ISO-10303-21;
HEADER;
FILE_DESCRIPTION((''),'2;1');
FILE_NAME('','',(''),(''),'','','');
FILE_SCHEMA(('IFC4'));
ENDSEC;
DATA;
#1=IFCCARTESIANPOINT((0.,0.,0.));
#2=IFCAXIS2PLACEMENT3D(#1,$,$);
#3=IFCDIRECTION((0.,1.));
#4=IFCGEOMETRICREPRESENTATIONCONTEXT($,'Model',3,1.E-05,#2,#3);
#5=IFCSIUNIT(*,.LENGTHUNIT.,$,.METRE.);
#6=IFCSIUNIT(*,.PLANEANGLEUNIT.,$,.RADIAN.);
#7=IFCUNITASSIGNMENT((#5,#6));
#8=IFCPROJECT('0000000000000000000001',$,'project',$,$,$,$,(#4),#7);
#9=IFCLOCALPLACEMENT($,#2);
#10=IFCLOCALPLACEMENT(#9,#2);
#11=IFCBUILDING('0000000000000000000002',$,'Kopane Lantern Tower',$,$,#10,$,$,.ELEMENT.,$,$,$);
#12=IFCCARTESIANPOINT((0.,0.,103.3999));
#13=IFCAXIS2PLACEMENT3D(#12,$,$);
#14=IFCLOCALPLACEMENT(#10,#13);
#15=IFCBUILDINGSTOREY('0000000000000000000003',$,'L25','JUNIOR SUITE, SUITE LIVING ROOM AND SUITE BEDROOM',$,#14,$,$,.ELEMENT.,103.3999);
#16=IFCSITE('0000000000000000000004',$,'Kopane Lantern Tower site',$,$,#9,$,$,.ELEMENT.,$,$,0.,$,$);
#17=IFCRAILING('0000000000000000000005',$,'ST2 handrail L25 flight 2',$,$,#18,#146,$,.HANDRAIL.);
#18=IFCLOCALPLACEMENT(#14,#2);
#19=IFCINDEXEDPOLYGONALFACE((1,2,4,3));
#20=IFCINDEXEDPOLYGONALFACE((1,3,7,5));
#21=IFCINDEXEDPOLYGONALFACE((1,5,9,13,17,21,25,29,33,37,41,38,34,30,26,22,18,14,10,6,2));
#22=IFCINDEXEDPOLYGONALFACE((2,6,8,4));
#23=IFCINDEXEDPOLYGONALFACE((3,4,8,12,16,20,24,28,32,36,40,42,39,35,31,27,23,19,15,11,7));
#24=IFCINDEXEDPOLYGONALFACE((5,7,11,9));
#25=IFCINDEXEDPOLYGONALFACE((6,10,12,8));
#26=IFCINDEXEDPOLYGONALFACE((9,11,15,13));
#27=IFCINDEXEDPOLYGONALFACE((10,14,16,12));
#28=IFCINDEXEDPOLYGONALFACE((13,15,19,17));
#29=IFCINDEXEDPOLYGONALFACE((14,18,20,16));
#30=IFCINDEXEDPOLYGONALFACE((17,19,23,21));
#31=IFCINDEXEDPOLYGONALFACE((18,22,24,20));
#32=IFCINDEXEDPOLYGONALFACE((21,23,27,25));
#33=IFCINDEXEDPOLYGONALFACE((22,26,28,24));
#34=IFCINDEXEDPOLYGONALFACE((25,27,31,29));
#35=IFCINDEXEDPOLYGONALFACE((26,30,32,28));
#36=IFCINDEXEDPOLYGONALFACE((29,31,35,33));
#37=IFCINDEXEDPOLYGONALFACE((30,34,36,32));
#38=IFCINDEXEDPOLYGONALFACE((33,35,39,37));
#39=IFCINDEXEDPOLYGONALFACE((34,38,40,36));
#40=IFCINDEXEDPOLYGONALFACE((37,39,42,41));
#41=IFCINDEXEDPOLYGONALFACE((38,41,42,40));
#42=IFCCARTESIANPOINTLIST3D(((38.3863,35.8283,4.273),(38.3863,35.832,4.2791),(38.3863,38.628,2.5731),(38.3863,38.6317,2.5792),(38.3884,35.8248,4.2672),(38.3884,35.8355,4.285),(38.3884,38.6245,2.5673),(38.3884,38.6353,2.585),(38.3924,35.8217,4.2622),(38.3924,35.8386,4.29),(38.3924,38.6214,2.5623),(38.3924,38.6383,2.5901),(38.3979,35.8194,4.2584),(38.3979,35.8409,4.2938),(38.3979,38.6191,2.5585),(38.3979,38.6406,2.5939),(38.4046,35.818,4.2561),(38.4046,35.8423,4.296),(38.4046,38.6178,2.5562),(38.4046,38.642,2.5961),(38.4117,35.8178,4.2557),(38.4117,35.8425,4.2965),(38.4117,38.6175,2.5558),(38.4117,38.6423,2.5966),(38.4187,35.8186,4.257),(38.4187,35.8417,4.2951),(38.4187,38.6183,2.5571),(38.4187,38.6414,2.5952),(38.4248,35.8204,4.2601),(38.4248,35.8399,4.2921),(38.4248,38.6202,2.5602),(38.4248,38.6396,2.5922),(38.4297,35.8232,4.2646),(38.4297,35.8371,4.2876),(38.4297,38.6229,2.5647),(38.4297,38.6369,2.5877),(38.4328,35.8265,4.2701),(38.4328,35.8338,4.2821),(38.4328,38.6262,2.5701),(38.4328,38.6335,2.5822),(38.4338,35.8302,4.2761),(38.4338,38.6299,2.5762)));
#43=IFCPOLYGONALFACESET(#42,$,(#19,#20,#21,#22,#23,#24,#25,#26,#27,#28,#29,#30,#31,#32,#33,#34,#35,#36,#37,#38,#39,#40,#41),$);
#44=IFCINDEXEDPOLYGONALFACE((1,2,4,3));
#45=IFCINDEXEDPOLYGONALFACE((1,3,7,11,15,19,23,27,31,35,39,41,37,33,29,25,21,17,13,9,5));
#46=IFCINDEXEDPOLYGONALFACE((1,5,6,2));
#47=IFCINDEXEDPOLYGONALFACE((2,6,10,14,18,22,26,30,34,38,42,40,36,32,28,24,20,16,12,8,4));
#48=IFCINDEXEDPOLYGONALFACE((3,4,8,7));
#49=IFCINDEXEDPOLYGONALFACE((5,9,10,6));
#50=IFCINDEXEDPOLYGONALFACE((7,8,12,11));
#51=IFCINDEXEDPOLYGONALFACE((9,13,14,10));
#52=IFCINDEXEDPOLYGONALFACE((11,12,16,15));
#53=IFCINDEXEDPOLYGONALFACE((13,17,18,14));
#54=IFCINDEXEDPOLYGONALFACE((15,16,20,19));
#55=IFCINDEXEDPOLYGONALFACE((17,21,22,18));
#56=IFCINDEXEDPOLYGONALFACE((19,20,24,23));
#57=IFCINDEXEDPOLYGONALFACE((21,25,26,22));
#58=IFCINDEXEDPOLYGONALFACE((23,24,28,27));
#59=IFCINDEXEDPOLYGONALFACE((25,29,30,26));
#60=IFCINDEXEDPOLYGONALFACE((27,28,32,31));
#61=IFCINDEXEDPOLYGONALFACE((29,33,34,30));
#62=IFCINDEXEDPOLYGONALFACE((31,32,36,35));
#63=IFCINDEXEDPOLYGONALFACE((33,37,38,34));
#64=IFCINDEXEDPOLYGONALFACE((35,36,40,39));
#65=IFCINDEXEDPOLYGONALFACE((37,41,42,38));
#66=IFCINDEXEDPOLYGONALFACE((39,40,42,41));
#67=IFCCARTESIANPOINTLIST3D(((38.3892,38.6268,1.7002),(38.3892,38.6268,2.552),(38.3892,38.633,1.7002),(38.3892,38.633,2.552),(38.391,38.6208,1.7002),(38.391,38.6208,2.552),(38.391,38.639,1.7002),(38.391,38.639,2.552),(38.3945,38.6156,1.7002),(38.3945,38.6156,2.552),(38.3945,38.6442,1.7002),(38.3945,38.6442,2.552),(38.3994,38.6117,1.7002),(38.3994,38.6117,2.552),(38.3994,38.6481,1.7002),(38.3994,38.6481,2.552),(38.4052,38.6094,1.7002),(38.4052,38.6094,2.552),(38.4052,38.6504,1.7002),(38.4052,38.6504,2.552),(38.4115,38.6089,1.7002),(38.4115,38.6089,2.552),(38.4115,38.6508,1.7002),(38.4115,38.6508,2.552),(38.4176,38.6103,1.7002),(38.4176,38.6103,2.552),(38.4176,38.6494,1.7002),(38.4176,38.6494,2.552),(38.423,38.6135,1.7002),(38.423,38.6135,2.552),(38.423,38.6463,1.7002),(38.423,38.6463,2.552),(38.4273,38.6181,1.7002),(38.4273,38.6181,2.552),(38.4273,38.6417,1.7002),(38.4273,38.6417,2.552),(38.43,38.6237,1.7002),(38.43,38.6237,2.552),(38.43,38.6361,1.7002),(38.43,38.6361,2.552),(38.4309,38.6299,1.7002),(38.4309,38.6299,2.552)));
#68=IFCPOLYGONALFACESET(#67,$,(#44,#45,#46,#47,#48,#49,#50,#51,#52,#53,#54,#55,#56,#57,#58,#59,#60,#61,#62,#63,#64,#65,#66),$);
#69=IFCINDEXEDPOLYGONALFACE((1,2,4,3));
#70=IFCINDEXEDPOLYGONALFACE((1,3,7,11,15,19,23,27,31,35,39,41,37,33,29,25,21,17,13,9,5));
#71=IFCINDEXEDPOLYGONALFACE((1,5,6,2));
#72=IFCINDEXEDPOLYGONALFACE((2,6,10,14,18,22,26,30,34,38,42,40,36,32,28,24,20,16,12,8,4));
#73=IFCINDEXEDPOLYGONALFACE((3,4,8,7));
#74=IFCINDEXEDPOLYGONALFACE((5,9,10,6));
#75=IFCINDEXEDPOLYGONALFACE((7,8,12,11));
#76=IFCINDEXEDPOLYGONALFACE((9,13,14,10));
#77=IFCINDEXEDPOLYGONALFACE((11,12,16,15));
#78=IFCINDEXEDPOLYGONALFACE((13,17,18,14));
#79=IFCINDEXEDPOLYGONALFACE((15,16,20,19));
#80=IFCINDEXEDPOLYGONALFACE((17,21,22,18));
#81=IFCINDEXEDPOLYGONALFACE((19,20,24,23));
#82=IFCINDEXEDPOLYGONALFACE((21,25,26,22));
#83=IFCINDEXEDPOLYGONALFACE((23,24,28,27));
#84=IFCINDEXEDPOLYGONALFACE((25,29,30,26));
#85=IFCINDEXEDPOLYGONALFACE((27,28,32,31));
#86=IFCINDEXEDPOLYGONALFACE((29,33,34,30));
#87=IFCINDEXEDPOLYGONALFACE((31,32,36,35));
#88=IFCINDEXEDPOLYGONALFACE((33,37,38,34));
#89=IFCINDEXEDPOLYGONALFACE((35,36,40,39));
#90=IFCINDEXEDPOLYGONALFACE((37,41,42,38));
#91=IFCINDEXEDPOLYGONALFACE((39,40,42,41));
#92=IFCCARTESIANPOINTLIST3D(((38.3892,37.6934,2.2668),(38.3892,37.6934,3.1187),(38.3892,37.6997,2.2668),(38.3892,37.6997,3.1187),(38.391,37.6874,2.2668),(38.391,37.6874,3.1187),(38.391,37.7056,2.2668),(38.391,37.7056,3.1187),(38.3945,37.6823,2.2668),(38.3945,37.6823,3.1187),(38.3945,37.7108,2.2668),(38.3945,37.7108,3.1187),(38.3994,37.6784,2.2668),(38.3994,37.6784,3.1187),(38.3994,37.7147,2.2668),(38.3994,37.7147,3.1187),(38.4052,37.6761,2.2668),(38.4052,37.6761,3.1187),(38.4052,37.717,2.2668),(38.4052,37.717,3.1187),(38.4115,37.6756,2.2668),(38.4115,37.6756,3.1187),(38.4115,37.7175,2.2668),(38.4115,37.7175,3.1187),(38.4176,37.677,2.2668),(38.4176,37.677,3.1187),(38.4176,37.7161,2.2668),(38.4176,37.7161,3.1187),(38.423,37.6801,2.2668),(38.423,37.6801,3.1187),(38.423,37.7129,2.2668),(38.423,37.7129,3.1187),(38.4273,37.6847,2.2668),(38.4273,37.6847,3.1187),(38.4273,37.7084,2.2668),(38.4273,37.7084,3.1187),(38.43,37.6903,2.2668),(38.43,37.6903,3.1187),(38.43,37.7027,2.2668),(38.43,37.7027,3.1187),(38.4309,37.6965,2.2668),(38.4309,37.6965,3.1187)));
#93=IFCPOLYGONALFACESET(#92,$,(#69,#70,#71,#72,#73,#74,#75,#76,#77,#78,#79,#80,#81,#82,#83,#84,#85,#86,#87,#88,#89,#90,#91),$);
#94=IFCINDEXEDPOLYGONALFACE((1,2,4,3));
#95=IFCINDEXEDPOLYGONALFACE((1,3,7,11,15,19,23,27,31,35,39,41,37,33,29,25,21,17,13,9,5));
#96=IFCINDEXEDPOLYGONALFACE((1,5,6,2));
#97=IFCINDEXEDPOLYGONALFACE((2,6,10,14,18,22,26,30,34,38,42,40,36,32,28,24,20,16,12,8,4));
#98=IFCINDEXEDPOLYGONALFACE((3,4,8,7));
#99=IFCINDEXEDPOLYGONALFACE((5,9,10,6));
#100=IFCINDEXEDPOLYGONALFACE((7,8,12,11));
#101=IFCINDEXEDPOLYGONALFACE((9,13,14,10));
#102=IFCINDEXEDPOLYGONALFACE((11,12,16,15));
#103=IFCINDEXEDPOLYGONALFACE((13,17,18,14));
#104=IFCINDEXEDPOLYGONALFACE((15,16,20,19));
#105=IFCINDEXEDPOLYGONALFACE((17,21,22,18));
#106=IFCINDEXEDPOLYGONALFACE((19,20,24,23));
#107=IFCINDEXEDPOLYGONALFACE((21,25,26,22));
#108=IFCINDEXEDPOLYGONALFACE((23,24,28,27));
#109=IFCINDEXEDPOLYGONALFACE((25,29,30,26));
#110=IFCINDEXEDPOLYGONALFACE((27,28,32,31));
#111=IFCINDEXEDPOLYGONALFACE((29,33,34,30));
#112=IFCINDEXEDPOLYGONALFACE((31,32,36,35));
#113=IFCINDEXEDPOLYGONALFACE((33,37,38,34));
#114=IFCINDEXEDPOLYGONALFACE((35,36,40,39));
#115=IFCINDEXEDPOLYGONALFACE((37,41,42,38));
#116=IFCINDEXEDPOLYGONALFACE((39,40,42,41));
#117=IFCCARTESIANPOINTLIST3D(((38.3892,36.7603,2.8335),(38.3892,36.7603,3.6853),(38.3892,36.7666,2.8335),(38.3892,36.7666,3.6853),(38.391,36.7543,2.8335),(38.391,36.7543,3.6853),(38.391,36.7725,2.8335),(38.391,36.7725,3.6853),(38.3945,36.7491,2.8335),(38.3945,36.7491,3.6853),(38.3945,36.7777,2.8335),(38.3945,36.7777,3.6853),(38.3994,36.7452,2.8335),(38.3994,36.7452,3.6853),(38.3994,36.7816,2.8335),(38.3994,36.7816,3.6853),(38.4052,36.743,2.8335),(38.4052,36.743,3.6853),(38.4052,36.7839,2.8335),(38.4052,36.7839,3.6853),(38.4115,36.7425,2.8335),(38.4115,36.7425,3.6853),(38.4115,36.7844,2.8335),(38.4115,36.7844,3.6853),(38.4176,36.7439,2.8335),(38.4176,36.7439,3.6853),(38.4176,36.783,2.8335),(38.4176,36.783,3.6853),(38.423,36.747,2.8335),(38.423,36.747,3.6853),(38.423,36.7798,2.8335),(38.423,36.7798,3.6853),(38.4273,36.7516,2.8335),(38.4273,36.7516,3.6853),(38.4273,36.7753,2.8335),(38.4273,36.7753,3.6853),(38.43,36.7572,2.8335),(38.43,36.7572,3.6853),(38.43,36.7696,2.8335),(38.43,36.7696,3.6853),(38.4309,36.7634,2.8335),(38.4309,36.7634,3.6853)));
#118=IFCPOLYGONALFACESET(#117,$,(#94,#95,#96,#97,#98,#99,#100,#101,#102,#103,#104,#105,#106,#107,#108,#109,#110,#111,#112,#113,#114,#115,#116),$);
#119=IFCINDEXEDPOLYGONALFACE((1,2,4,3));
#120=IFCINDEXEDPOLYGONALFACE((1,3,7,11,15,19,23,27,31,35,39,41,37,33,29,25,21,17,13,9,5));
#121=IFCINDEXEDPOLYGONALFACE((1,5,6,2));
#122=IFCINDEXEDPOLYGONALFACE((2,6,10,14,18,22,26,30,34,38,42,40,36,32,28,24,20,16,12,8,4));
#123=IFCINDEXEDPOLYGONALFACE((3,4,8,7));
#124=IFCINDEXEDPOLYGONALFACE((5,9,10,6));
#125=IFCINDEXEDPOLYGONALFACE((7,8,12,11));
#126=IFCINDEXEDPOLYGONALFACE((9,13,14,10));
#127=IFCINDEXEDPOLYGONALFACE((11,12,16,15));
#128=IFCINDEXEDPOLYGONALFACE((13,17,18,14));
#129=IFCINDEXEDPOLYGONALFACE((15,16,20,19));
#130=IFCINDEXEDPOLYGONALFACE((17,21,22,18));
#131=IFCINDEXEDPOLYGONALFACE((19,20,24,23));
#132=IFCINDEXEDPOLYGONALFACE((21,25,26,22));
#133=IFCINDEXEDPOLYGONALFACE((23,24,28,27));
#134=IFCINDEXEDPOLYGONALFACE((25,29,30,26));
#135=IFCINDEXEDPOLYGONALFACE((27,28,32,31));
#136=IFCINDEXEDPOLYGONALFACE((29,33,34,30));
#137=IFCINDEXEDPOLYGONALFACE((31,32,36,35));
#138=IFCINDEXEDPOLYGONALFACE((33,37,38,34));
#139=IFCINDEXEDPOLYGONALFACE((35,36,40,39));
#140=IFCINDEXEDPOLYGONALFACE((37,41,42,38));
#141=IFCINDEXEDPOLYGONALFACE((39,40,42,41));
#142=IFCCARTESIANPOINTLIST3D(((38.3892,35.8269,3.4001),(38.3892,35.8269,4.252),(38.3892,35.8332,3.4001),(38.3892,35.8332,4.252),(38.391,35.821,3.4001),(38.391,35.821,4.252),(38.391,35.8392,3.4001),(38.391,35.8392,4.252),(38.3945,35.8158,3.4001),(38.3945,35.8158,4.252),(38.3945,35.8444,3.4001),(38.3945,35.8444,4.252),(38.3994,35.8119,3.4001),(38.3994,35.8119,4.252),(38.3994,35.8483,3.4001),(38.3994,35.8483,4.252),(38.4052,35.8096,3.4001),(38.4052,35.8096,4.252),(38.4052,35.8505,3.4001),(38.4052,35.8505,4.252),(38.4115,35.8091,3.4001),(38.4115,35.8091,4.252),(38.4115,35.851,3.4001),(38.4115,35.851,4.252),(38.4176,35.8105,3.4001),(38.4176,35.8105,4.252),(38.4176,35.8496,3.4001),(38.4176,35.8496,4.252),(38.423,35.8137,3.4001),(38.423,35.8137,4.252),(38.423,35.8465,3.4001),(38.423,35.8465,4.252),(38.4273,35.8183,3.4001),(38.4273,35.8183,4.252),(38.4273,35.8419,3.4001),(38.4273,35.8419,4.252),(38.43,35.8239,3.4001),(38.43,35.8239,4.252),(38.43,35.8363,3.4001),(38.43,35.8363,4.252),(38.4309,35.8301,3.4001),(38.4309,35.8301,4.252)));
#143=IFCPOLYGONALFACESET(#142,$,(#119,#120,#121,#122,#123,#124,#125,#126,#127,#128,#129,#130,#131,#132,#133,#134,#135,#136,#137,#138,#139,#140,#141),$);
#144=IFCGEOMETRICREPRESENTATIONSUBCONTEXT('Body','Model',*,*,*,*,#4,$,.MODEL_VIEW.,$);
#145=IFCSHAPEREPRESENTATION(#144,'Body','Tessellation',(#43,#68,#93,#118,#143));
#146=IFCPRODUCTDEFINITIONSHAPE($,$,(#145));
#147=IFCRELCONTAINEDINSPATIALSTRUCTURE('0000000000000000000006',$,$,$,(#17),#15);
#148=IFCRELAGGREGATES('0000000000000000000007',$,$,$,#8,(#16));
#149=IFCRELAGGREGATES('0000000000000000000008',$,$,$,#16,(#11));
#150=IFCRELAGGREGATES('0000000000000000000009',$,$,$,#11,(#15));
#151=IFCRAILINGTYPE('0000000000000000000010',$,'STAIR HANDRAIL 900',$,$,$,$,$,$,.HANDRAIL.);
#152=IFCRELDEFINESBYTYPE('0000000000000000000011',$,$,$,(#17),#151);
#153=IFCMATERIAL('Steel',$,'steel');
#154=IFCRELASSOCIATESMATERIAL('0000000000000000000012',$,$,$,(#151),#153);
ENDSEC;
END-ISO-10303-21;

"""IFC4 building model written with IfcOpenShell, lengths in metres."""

from ifc_helpers import new_model, si_unit, direction, frame, origin, origin_2d, place, context, subcontext, project, spatial, circle, extrude, material, type_object, element, save


model = new_model("IFC4")

# Units and contexts
model_context = context("Model", 3, precision=1e-05, world=origin(), true_north=direction((0.0, 1.0)))
body_context = subcontext(model_context, "Body", "Model", "MODEL_VIEW")
ifc_project = project(units=[si_unit("LENGTHUNIT", "METRE"), si_unit("PLANEANGLEUNIT", "RADIAN")], contexts=[model_context])

# Site, building, storey
site_placement = place(None, origin())
site = spatial("IfcSite", under=ifc_project, at=site_placement, Name="Kopane Lantern Tower site", CompositionType="ELEMENT", RefElevation=0.0)
building_placement = place(site_placement, origin())
building = spatial("IfcBuilding", under=site, at=building_placement, Name="Kopane Lantern Tower", CompositionType="ELEMENT")
storey_placement = place(building_placement, frame((0.0, 0.0, 103.3999)))
storey = spatial("IfcBuildingStorey", under=building, at=storey_placement, Name="L25", Description="JUNIOR SUITE, SUITE LIVING ROOM AND SUITE BEDROOM", CompositionType="ELEMENT", Elevation=103.3999)

# Railing
ifc_material_1 = material(Name="Steel", Category="steel")
railing_type_1 = type_object("IfcRailingType", Name="STAIR HANDRAIL 900", PredefinedType="HANDRAIL", material=ifc_material_1)
for number, where, name in (
    (1, (38.4099, 38.6299, 1.7002), "ST2 handrail L25 flight 2"),
):
    element("IfcRailing", number, at=place(storey_placement, frame(where)), inside=storey, type_object=railing_type_1, Name=name, PredefinedType="HANDRAIL", context=body_context, shape_type="SweptSolid", body=[
        extrude(circle(Radius=0.0239, at=origin_2d()), frame((0.0, 0.0, 0.876), z_axis=(0.0, -0.854778, 0.518994), x_axis=(1.0, 0.0, 0.0)), (0.0, 0.0, 1.0), 3.2754),
        extrude(circle(Radius=0.021, at=origin_2d()), origin(), (0.0, 0.0, 1.0), 0.8518),
        extrude(circle(Radius=0.021, at=origin_2d()), frame((0.0, -0.9333, 0.5667)), (0.0, 0.0, 1.0), 0.8518),
        extrude(circle(Radius=0.021, at=origin_2d()), frame((0.0, -1.8665, 1.1333)), (0.0, 0.0, 1.0), 0.8518),
        extrude(circle(Radius=0.021, at=origin_2d()), frame((0.0, -2.7998, 1.7)), (0.0, 0.0, 1.0), 0.8518),
    ])

save(model, "model.ifc")
